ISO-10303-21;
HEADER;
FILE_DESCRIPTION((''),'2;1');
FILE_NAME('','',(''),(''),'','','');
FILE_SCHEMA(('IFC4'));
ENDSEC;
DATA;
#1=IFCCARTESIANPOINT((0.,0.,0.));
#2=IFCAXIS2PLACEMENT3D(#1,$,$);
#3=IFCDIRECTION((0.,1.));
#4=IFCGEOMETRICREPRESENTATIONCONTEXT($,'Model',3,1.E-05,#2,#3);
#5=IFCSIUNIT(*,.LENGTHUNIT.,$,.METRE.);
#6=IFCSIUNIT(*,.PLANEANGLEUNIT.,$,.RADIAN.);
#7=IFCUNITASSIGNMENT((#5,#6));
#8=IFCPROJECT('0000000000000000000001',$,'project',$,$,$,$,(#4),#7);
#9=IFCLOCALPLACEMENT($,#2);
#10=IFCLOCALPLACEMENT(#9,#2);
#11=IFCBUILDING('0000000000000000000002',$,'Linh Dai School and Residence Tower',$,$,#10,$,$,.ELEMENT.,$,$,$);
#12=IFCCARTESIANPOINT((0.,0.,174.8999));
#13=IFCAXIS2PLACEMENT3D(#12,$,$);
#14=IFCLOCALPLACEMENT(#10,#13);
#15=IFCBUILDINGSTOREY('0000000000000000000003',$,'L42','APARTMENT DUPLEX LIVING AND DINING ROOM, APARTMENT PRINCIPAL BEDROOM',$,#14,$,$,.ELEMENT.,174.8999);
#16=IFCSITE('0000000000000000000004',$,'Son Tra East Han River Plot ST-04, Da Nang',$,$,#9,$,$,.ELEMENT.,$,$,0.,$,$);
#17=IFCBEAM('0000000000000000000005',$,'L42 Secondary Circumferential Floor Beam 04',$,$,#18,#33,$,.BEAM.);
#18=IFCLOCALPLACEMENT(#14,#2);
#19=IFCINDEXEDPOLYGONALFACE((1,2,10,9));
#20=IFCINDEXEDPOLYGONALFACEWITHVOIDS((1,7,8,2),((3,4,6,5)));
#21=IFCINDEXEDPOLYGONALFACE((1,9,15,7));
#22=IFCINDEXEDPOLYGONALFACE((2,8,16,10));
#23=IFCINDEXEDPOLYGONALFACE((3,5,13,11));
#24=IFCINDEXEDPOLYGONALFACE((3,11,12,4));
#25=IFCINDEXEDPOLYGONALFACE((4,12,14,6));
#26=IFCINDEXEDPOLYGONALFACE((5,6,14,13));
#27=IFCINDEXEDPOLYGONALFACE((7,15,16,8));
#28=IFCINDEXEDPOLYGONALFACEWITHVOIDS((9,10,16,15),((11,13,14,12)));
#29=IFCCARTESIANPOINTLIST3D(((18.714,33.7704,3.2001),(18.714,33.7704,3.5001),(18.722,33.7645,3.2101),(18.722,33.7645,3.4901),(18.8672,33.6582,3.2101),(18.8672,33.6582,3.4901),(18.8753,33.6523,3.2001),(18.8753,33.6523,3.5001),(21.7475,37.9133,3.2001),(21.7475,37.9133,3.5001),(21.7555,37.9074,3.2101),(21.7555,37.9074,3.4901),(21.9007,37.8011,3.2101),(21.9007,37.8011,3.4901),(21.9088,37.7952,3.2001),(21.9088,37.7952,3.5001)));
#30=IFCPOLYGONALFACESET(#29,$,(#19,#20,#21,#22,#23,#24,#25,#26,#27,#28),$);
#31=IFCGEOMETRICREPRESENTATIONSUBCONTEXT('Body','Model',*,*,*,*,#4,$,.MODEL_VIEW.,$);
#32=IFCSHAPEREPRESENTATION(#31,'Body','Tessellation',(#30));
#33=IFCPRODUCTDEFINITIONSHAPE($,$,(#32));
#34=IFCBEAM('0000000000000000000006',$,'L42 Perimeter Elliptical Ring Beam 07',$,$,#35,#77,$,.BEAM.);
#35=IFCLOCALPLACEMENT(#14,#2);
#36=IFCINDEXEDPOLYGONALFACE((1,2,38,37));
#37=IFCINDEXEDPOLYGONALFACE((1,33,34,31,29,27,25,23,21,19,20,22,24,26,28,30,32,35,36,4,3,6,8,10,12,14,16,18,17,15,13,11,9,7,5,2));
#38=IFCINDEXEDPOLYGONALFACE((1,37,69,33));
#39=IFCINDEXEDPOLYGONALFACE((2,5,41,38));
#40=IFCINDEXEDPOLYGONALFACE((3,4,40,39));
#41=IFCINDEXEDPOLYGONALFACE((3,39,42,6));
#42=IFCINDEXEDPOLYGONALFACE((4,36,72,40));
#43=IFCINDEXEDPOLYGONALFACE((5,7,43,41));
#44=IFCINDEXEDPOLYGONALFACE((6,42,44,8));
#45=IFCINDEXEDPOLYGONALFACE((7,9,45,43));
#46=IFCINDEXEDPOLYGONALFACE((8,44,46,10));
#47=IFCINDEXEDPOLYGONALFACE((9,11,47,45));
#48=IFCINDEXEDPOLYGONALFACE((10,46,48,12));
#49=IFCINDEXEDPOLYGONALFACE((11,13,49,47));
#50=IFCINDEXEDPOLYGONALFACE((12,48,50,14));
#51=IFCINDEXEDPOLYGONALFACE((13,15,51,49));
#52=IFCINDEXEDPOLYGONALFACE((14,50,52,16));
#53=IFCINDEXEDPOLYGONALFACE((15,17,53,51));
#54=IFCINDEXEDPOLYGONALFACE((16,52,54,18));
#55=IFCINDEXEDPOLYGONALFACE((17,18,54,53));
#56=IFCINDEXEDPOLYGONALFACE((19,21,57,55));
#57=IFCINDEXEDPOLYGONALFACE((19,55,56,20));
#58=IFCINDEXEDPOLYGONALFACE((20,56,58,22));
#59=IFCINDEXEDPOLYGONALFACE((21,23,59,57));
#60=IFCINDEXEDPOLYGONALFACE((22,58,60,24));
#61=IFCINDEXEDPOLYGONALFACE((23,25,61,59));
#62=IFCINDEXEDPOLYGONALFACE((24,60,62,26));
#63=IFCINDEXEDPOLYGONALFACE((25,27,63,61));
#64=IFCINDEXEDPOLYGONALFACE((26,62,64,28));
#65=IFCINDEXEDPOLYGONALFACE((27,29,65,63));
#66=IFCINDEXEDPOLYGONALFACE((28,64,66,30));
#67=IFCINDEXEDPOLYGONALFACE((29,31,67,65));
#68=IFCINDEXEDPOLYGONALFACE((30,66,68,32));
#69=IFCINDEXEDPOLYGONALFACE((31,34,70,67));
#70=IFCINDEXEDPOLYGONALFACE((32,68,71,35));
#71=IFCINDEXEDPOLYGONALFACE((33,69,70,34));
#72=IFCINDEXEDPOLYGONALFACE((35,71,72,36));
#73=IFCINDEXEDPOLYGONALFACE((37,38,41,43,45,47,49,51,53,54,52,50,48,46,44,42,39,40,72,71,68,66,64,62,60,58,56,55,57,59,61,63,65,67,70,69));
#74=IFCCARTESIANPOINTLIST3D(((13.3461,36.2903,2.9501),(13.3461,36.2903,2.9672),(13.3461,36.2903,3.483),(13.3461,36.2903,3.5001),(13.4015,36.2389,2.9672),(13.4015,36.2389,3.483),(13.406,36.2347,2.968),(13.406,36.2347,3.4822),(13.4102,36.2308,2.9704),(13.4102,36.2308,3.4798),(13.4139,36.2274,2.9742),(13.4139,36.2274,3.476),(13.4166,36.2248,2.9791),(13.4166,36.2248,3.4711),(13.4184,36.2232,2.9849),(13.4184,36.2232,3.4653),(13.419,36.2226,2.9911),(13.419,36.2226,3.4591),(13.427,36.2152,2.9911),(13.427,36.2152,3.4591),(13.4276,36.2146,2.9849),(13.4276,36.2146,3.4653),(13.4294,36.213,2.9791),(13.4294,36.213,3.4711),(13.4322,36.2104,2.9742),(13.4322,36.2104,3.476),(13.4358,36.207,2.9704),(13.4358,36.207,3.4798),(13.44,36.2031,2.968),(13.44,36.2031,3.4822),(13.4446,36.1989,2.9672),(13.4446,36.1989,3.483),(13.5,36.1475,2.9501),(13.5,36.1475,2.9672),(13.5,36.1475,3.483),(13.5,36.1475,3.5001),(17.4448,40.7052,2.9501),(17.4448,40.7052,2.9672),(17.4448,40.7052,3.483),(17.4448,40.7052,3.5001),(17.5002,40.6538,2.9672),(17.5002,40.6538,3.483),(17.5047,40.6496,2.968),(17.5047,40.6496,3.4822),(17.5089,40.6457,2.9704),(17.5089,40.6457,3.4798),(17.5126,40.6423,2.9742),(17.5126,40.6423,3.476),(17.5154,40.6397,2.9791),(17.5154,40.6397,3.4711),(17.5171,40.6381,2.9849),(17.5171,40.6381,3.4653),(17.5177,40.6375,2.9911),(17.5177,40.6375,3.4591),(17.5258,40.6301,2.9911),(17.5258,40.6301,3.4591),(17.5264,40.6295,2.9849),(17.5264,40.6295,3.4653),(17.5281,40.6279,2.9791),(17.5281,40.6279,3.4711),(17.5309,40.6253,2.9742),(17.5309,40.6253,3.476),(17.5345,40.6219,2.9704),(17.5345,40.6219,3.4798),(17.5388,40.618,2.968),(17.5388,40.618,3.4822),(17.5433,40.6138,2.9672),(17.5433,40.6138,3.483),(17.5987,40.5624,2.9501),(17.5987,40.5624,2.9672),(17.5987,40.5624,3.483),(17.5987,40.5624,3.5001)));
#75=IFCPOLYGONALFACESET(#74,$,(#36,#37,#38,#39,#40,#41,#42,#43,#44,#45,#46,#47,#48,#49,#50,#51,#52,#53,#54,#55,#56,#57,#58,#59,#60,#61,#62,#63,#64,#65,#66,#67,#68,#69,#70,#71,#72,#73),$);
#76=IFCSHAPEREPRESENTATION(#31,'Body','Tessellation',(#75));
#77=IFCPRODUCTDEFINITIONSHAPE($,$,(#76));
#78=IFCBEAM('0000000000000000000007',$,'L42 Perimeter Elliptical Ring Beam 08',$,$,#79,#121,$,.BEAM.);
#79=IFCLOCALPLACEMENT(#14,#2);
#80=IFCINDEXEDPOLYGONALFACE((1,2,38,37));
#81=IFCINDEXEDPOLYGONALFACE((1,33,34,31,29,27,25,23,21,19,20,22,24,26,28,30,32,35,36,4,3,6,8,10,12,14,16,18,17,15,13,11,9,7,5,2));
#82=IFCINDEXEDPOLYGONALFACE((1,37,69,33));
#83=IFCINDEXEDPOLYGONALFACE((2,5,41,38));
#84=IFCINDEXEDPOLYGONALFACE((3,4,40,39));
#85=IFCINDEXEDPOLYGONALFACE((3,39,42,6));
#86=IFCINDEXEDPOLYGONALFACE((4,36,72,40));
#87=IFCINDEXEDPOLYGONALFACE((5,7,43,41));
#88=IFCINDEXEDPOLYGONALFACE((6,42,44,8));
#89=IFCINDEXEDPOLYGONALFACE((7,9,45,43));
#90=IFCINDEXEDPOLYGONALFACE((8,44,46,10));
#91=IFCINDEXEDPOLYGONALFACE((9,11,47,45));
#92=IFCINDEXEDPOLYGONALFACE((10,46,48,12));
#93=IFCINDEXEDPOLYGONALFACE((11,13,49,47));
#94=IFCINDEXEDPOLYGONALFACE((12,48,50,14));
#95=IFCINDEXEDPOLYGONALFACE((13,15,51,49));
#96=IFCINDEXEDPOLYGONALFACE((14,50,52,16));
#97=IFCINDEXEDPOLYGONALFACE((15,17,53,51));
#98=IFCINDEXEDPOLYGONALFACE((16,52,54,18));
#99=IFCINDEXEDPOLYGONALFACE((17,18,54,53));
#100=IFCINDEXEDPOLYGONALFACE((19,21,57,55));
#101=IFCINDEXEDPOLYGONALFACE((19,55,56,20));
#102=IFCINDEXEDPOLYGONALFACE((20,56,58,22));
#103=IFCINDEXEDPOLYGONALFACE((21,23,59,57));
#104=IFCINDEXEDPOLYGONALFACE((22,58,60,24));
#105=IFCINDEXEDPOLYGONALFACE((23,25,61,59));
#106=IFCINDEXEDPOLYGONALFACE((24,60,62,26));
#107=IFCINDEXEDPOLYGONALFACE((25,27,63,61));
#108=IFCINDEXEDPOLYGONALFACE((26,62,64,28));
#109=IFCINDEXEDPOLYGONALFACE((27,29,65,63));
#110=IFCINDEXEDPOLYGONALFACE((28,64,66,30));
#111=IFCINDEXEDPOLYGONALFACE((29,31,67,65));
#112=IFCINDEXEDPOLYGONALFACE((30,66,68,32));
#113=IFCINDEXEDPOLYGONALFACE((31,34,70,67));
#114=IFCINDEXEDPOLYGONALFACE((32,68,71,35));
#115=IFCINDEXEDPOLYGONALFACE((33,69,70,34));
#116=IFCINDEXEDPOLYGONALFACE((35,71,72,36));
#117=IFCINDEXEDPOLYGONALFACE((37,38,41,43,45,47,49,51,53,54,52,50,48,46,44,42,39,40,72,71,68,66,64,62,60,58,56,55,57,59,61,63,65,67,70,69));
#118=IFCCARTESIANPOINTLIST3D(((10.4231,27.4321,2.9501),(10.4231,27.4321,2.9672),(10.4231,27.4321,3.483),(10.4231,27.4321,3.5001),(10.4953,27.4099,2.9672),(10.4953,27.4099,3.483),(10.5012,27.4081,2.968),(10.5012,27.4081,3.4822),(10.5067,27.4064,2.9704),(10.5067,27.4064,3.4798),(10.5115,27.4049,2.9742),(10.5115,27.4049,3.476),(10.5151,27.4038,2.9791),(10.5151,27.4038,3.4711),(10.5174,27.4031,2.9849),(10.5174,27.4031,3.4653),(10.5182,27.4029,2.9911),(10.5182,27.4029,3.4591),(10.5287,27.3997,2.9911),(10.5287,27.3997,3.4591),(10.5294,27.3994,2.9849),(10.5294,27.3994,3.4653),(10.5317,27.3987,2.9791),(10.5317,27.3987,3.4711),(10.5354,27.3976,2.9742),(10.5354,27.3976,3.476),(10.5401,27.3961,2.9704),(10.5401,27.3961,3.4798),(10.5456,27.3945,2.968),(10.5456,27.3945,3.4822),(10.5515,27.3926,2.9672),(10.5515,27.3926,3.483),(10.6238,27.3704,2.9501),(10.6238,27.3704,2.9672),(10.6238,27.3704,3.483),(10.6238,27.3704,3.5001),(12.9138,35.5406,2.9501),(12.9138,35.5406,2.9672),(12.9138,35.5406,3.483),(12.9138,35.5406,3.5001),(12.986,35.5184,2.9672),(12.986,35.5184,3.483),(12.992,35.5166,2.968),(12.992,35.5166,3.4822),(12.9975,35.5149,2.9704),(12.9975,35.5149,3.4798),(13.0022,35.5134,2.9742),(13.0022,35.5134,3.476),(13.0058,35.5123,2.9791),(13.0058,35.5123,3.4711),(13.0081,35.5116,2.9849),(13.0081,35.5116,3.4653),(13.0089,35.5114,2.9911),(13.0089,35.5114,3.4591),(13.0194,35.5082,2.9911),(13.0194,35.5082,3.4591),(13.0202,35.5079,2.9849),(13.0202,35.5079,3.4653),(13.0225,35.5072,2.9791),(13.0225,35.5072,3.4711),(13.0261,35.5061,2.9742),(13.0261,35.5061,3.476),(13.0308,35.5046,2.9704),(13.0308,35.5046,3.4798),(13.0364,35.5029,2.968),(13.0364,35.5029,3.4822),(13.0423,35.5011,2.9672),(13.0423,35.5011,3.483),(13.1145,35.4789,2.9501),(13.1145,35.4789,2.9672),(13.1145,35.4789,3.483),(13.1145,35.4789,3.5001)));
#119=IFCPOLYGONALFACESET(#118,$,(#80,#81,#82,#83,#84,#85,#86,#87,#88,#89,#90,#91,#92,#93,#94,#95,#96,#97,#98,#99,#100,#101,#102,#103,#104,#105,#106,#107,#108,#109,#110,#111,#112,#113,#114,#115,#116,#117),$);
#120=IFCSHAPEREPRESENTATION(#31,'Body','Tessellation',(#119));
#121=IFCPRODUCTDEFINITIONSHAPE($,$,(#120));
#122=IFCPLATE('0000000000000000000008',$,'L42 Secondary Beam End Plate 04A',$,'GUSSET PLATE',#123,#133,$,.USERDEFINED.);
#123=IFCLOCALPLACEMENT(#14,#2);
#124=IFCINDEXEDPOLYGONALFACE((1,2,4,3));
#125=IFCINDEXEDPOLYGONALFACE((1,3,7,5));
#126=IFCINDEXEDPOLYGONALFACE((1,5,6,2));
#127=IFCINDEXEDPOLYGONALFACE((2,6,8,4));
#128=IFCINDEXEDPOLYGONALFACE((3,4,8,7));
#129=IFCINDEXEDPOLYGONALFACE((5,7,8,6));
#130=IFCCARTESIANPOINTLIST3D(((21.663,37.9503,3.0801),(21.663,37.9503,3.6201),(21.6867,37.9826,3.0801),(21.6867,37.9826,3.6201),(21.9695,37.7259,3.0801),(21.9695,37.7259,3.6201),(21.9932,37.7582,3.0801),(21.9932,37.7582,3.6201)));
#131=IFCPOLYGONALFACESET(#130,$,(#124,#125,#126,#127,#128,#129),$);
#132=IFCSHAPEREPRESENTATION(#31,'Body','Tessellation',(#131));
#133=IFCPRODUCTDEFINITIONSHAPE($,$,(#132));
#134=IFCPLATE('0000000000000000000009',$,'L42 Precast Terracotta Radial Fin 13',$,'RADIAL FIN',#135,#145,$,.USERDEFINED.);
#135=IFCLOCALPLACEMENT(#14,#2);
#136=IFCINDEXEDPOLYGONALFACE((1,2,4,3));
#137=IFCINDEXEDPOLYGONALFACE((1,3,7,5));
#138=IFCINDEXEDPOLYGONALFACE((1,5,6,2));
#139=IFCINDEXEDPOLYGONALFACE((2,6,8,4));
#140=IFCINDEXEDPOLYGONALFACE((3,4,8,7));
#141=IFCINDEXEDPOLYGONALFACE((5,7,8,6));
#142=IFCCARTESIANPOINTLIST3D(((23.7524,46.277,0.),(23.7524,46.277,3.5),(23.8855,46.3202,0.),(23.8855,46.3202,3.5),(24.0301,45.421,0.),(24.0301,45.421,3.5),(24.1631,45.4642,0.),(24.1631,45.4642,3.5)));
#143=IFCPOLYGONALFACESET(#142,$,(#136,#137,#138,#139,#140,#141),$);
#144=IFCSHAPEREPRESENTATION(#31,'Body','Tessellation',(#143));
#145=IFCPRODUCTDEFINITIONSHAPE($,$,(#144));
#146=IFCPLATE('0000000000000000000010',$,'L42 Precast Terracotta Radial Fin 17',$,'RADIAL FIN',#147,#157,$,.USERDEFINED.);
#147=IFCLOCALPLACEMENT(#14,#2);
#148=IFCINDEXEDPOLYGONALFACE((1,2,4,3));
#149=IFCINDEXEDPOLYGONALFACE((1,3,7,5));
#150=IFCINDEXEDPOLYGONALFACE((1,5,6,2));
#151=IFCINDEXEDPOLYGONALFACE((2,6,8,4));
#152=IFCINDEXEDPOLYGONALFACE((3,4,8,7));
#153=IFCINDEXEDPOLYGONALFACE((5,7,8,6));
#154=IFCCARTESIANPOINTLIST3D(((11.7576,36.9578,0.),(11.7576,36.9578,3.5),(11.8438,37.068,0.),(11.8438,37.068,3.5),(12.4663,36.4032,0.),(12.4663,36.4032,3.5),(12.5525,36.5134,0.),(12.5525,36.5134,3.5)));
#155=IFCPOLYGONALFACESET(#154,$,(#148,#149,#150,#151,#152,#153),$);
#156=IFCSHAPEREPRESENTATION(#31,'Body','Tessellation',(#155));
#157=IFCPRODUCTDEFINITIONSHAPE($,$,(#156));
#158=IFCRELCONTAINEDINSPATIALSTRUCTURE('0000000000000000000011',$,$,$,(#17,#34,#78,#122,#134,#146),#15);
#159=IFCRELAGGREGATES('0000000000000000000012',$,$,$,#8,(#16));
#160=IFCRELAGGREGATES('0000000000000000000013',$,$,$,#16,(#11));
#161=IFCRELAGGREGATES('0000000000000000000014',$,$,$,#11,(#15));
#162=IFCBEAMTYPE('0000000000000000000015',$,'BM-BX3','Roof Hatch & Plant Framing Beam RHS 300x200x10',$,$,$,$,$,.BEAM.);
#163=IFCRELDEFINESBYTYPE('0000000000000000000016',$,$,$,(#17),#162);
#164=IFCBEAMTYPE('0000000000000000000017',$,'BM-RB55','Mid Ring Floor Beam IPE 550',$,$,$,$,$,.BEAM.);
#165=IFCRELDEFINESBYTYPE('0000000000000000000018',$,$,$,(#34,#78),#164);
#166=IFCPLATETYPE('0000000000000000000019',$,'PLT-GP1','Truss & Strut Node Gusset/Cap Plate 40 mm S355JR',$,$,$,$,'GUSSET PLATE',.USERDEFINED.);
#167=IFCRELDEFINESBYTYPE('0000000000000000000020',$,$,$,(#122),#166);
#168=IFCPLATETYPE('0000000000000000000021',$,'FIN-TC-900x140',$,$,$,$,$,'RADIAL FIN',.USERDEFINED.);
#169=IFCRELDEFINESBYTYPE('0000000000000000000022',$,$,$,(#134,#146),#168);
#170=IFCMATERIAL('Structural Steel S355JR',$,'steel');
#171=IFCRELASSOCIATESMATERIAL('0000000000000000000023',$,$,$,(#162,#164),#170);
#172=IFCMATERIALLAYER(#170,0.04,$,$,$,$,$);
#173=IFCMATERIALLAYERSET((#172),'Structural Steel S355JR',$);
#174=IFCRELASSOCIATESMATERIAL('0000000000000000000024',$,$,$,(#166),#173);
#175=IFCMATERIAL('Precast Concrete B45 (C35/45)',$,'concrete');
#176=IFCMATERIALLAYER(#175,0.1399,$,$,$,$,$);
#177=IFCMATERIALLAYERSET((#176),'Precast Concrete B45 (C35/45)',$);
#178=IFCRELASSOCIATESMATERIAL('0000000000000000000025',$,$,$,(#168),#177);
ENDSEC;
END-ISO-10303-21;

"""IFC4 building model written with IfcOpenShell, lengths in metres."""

from ifc_helpers import new_model, si_unit, direction, frame, origin, origin_2d, place, context, subcontext, project, spatial, rectangle, hollow_rectangle, i_section, extrude, source, transform, mapped, material, layer, layer_set, material_profile, profile_set, type_object, element, save


model = new_model("IFC4")

# Units and contexts
model_context = context("Model", 3, precision=1e-05, world=origin(), true_north=direction((0.0, 1.0)))
body_context = subcontext(model_context, "Body", "Model", "MODEL_VIEW")
ifc_project = project(units=[si_unit("LENGTHUNIT", "METRE"), si_unit("PLANEANGLEUNIT", "RADIAN")], contexts=[model_context])

# Site, building, storey
site_placement = place(None, origin())
site = spatial("IfcSite", under=ifc_project, at=site_placement, Name="Son Tra East Han River Plot ST-04, Da Nang", CompositionType="ELEMENT", RefElevation=0.0)
building_placement = place(site_placement, origin())
building = spatial("IfcBuilding", under=site, at=building_placement, Name="Linh Dai School and Residence Tower", CompositionType="ELEMENT")
storey_placement = place(building_placement, frame((0.0, 0.0, 174.8999)))
storey = spatial("IfcBuildingStorey", under=building, at=storey_placement, Name="L42", Description="APARTMENT DUPLEX LIVING AND DINING ROOM, APARTMENT PRINCIPAL BEDROOM", CompositionType="ELEMENT", Elevation=174.8999)

# Shared definitions
ifc_material_1 = material(Name="Structural Steel S355JR", Category="steel")

# Beams
ifc_material_profile_1 = material_profile(ifc_material_1, hollow_rectangle(XDim=0.2, YDim=0.3, WallThickness=0.01, at=origin_2d()), Name="RHS 300x200x10")
ifc_profile_set_1 = profile_set([ifc_material_profile_1], Name="Structural Steel S355JR")
beam_type_1 = type_object("IfcBeamType", Name="BM-BX3", Description="Roof Hatch & Plant Framing Beam RHS 300x200x10", PredefinedType="BEAM", material=ifc_profile_set_1)
beam_1_placement = place(storey_placement, frame((21.8281, 37.8542, 3.3501), z_axis=(-0.590778, -0.806834, 0.0), x_axis=(0.806834, -0.590778, 0.0)))
element("IfcBeam", 1, at=beam_1_placement, inside=storey, type_object=beam_type_1, Name="L42 Secondary Circumferential Floor Beam 04", PredefinedType="BEAM", context=body_context, shape_type="SweptSolid", body=[
    extrude(hollow_rectangle(XDim=0.2, YDim=0.3, WallThickness=0.01, at=origin_2d()), origin(), (0.0, 0.0, 1.0), 5.1348),
])
ifc_material_profile_2 = material_profile(ifc_material_1, i_section(OverallWidth=0.21, OverallDepth=0.55, WebThickness=0.011, FlangeThickness=0.0171, FilletRadius=0.0239, at=origin_2d()), Name="IPE 550")
ifc_profile_set_2 = profile_set([ifc_material_profile_2], Name="Structural Steel S355JR")
beam_type_2 = type_object("IfcBeamType", Name="BM-RB55", Description="Mid Ring Floor Beam IPE 550", PredefinedType="BEAM", material=ifc_profile_set_2)
beam_2_placement = place(storey_placement, frame((17.5217, 40.6338, 3.2251), z_axis=(-0.680378, -0.732861, 0.0), x_axis=(0.732861, -0.680378, 0.0)))
element("IfcBeam", 2, at=beam_2_placement, inside=storey, type_object=beam_type_2, Name="L42 Perimeter Elliptical Ring Beam 07", PredefinedType="BEAM", context=body_context, shape_type="SweptSolid", body=[
    extrude(i_section(OverallWidth=0.21, OverallDepth=0.55, WebThickness=0.011, FlangeThickness=0.0171, FilletRadius=0.0239, at=origin_2d()), origin(), (0.0, 0.0, 1.0), 6.0242),
])
beam_3_placement = place(storey_placement, frame((13.0142, 35.5098, 3.2251), z_axis=(-0.293637, -0.955917, 0.0), x_axis=(0.955917, -0.293637, 0.0)))
element("IfcBeam", 3, at=beam_3_placement, inside=storey, type_object=beam_type_2, Name="L42 Perimeter Elliptical Ring Beam 08", PredefinedType="BEAM", context=body_context, shape_type="SweptSolid", body=[
    extrude(i_section(OverallWidth=0.21, OverallDepth=0.55, WebThickness=0.011, FlangeThickness=0.0171, FilletRadius=0.0239, at=origin_2d()), origin(), (0.0, 0.0, 1.0), 8.4824),
])

# Plates
ifc_layer_1 = layer(ifc_material_1, 0.04)
ifc_layer_set_1 = layer_set([ifc_layer_1], Name="Structural Steel S355JR")
plate_type_1 = type_object("IfcPlateType", Name="PLT-GP1", Description="Truss & Strut Node Gusset/Cap Plate 40 mm S355JR", ElementType="GUSSET PLATE", PredefinedType="USERDEFINED", material=ifc_layer_set_1)
shared_shape_1 = source(origin(), body_context, "Body", "SweptSolid", [
    extrude(rectangle(XDim=0.04, YDim=0.3799, at=origin_2d()), origin(), (0.0, 0.0, 1.0), 0.54),
])
plate_placement = place(storey_placement, frame((21.8281, 37.8542, 3.0801), z_axis=(0.0, 0.0, 1.0), x_axis=(-0.590797, -0.80682, 0.0)))
element("IfcPlate", 4, at=plate_placement, inside=storey, type_object=plate_type_1, Name="L42 Secondary Beam End Plate 04A", ObjectType="GUSSET PLATE", PredefinedType="USERDEFINED", context=body_context, shape_type="MappedRepresentation", body=[
    mapped(shared_shape_1, transform((0.0, 0.0, 0.0), x_axis=(1.0, 0.0, 0.0), y_axis=(0.0, 1.0, 0.0), z_axis=(0.0, 0.0, 1.0), scale=1.0)),
])
ifc_material_2 = material(Name="Precast Concrete B45 (C35/45)", Category="concrete")
ifc_layer_2 = layer(ifc_material_2, 0.1399)
ifc_layer_set_2 = layer_set([ifc_layer_2], Name="Precast Concrete B45 (C35/45)")
plate_type_2 = type_object("IfcPlateType", Name="FIN-TC-900x140", ElementType="RADIAL FIN", PredefinedType="USERDEFINED", material=ifc_layer_set_2)
shared_shape_2 = source(origin(), body_context, "Body", "SweptSolid", [
    extrude(rectangle(XDim=0.8999, YDim=0.1399, at=origin_2d()), origin(), (0.0, 0.0, 1.0), 3.5),
])
for number, where, z_axis, x_axis, name in (
    (5, (23.9578, 45.8706, 0.0), (0.0, 0.0, 1.0), (-0.308536, 0.951213, 0.0), "L42 Precast Terracotta Radial Fin 13"),
    (6, (12.155, 36.7356, 0.0), (0.0, 0.0, 1.0), (-0.787522, 0.616286, 0.0), "L42 Precast Terracotta Radial Fin 17"),
):
    element("IfcPlate", number, at=place(storey_placement, frame(where, z_axis=z_axis, x_axis=x_axis)), inside=storey, type_object=plate_type_2, Name=name, ObjectType="RADIAL FIN", PredefinedType="USERDEFINED", context=body_context, shape_type="MappedRepresentation", body=[
        mapped(shared_shape_2, transform((0.0, 0.0, 0.0), x_axis=(1.0, 0.0, 0.0), y_axis=(0.0, 1.0, 0.0), z_axis=(0.0, 0.0, 1.0), scale=1.0)),
    ])

save(model, "model.ifc")
